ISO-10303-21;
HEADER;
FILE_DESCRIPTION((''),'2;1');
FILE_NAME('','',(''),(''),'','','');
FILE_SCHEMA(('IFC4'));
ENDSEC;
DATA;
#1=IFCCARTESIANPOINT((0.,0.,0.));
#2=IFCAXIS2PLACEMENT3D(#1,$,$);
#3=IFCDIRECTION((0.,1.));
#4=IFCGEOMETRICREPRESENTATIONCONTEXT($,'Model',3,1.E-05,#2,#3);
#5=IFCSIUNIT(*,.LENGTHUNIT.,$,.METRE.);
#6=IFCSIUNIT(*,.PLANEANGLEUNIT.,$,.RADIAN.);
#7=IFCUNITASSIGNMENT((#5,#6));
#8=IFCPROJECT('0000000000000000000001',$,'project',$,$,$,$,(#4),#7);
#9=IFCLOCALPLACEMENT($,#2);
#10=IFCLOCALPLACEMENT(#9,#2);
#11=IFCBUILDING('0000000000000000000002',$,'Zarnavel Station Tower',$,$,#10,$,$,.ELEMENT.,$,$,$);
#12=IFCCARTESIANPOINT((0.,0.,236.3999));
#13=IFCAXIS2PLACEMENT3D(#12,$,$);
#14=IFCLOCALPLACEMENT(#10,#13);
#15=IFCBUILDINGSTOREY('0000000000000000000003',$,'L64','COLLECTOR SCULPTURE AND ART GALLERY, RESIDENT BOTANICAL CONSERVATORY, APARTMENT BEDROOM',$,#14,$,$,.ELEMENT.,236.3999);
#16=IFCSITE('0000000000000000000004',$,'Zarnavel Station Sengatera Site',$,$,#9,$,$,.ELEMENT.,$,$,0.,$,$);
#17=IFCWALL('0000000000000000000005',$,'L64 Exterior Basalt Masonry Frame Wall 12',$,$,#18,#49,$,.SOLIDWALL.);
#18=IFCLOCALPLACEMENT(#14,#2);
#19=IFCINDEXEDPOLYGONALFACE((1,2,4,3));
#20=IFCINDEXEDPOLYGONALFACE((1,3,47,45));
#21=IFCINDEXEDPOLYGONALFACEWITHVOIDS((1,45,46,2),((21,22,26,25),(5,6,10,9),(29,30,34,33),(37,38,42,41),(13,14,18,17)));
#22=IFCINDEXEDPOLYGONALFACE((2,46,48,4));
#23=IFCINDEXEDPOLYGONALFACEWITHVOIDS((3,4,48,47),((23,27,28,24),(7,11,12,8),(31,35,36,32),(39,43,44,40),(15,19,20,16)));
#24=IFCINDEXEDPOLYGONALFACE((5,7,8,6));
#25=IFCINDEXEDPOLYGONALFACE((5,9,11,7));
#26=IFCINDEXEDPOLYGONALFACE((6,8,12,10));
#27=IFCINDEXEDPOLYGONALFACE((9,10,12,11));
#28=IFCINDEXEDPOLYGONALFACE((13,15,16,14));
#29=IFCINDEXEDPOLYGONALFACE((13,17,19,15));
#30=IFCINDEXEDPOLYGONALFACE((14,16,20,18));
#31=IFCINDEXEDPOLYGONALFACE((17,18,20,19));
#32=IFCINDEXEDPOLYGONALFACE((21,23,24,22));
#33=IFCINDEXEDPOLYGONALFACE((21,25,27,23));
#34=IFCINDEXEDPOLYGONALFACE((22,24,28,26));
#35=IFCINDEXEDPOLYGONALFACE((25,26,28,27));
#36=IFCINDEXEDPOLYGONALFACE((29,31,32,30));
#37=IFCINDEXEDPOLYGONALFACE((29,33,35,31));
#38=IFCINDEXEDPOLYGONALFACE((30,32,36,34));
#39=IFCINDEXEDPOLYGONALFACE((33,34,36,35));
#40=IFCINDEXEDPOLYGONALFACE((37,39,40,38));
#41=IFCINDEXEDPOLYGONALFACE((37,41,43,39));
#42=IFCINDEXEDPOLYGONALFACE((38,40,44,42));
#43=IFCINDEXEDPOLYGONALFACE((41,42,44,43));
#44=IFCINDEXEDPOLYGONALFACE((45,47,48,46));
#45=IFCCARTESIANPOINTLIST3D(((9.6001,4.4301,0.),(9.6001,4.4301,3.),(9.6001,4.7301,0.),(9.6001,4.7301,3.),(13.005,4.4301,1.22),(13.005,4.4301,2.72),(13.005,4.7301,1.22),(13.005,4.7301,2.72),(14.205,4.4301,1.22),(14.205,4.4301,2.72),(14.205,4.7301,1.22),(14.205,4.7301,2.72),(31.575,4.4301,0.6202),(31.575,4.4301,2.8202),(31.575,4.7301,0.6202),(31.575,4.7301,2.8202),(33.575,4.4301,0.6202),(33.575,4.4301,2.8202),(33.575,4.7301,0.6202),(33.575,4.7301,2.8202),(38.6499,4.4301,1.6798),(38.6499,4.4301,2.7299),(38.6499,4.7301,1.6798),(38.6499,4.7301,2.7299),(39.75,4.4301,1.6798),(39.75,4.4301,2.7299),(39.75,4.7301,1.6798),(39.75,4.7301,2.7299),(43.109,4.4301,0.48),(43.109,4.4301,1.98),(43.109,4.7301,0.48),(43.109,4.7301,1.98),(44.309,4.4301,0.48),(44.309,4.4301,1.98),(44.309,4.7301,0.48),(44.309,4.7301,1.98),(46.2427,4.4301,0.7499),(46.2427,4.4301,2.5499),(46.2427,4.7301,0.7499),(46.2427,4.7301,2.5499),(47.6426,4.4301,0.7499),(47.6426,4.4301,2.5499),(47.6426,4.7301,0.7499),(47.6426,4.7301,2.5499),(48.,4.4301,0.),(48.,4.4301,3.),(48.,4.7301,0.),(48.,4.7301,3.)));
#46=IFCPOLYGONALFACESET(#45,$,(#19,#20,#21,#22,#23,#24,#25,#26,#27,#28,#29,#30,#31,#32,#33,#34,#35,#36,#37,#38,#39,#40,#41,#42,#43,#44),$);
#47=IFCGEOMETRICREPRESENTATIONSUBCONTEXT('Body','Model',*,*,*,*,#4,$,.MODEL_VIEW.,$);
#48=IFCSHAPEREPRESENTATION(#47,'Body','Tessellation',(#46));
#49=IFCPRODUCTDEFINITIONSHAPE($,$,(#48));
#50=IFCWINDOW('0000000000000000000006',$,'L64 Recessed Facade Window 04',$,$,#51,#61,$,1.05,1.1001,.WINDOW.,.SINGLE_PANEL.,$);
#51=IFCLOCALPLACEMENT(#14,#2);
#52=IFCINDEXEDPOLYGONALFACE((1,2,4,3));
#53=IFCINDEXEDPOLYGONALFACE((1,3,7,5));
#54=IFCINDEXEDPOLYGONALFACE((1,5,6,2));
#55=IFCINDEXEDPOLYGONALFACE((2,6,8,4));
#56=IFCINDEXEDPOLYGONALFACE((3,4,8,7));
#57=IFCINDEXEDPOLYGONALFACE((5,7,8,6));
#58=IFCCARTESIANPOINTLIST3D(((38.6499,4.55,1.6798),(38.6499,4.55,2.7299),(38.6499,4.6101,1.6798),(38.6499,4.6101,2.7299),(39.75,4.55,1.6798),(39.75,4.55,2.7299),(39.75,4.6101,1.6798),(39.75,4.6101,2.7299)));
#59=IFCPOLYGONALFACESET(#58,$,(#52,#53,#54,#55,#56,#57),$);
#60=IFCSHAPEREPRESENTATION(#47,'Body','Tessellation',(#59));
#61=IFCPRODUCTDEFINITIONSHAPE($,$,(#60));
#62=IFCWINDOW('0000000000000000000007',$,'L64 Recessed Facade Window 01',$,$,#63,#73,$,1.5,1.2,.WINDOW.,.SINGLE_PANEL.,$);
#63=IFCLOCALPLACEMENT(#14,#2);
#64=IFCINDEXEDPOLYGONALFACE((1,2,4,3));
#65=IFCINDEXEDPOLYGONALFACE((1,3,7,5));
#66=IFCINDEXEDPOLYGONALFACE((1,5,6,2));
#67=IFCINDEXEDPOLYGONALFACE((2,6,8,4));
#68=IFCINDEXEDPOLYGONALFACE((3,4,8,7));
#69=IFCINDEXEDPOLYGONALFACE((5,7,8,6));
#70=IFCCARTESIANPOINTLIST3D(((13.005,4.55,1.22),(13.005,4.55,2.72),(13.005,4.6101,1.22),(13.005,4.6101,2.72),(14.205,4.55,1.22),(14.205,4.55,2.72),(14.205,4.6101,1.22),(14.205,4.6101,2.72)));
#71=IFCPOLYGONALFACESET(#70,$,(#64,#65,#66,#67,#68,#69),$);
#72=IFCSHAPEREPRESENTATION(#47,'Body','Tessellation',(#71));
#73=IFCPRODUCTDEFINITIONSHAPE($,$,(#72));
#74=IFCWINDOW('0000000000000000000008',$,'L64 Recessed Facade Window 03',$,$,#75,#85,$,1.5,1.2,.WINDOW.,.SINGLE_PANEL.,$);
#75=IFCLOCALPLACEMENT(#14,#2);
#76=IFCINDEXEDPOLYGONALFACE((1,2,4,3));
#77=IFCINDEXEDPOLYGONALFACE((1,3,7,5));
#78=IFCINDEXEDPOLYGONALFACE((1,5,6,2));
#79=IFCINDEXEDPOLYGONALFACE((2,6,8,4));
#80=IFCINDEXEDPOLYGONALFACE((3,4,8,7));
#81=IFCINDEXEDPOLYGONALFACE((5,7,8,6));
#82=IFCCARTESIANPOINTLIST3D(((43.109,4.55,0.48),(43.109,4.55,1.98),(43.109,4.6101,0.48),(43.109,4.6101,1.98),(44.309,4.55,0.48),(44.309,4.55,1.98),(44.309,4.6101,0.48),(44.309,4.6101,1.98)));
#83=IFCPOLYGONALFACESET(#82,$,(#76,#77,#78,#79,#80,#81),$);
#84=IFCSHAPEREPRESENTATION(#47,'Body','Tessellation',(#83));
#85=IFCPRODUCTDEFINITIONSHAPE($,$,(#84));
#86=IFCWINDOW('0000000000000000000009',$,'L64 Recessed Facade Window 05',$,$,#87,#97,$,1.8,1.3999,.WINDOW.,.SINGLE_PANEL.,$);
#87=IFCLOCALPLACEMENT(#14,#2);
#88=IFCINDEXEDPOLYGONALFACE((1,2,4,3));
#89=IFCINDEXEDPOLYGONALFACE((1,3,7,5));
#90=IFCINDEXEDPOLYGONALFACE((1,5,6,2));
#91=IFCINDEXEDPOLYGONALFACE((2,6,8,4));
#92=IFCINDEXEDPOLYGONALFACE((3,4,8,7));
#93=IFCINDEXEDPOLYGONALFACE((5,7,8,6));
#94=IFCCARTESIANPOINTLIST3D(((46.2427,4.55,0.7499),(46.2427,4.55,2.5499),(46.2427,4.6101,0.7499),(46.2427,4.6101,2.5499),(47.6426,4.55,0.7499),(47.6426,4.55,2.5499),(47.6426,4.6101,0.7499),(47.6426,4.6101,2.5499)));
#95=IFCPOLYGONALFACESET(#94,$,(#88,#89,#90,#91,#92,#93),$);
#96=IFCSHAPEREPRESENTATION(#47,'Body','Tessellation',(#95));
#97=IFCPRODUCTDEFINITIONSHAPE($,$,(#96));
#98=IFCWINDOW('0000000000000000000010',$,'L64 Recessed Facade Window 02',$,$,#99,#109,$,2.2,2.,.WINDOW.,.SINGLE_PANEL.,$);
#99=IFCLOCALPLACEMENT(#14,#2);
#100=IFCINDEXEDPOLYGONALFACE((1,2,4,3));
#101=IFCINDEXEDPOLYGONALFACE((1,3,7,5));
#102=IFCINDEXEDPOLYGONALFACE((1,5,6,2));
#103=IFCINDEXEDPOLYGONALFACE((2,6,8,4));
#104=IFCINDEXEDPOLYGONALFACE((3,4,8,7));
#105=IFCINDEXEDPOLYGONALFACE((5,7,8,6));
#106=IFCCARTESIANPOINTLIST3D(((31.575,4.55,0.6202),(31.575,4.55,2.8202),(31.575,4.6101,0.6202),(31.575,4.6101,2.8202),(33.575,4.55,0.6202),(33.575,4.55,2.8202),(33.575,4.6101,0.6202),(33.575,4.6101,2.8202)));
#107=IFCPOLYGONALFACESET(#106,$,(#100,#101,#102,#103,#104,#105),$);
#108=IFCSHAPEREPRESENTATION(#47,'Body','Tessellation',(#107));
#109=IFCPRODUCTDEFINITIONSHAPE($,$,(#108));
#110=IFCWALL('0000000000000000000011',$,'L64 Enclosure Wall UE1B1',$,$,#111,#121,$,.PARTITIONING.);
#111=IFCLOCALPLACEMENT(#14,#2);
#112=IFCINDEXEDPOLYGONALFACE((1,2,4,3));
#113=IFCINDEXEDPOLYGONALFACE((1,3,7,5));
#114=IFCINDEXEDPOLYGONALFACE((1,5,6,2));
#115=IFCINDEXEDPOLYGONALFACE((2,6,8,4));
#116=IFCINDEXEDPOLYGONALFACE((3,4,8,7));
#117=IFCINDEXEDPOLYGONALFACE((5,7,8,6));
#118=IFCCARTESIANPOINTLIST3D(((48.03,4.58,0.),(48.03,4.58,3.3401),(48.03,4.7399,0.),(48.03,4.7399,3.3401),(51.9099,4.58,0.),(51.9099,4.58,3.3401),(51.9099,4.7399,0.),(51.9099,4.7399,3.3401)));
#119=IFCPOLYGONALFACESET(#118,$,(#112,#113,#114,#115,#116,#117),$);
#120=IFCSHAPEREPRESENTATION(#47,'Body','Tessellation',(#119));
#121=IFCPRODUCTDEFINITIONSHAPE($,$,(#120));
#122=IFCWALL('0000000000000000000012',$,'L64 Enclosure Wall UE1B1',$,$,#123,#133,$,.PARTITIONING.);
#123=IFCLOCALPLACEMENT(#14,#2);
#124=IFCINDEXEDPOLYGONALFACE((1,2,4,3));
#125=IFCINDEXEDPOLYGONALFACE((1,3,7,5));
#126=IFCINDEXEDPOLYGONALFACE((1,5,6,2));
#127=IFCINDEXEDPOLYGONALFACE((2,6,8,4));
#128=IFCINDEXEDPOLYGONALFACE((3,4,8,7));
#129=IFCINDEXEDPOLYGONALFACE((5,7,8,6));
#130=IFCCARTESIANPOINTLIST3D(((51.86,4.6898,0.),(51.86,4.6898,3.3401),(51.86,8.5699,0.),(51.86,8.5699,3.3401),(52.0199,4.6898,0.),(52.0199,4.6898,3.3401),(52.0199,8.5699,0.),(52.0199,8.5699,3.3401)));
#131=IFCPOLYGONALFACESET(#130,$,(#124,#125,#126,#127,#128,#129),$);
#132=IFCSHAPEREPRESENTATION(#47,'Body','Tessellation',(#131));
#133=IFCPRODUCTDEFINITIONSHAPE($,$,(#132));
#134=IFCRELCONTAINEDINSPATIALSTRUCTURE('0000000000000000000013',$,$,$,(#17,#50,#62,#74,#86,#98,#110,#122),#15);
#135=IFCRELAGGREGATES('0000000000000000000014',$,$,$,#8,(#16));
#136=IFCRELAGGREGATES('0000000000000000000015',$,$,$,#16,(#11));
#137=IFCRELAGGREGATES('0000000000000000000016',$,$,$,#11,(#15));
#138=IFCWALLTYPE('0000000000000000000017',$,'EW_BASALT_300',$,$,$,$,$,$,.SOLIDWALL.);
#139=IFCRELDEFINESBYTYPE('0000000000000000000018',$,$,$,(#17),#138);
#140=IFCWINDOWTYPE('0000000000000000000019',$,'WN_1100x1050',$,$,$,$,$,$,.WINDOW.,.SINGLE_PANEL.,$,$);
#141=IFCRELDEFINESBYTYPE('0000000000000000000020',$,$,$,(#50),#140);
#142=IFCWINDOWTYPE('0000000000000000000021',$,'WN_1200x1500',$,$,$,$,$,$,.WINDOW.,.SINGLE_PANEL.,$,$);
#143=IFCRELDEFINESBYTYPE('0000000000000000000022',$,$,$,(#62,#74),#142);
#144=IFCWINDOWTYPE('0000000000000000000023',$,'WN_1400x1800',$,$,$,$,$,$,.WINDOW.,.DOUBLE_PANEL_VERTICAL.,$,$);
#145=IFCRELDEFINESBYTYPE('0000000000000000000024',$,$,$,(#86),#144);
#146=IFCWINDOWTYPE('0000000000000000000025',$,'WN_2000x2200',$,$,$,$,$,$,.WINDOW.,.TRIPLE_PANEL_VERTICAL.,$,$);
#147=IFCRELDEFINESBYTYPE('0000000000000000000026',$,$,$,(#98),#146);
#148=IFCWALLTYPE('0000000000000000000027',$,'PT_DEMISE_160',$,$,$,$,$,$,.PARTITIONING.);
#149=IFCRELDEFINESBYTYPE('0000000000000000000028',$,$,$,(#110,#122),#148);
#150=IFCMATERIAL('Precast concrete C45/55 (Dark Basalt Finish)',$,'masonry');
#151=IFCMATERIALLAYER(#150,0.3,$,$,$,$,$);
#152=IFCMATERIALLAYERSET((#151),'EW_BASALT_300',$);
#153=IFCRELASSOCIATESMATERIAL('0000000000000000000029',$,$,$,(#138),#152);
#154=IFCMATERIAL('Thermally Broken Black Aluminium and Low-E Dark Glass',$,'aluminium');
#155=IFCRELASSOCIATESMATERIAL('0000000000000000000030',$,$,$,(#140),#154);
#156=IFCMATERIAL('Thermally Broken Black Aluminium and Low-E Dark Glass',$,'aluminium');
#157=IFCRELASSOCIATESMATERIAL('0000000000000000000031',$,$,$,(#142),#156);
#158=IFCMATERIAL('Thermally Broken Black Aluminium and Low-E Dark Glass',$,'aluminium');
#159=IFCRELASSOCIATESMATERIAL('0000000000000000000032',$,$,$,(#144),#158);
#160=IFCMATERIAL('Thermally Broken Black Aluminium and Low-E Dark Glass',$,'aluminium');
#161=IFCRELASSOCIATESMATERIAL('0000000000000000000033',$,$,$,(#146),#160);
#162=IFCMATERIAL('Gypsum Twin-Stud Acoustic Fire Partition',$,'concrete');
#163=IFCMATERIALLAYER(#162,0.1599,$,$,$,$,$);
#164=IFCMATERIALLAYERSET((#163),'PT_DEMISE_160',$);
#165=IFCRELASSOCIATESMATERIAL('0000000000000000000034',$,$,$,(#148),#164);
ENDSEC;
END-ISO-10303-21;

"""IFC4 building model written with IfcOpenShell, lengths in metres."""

from ifc_helpers import new_model, si_unit, direction, frame, frame_2d, origin, place, context, subcontext, project, spatial, rectangle, extrude, material, layer, layer_set, type_object, element, fill, save


model = new_model("IFC4")

# Units and contexts
model_context = context("Model", 3, precision=1e-05, world=origin(), true_north=direction((0.0, 1.0)))
body_context = subcontext(model_context, "Body", "Model", "MODEL_VIEW")
ifc_project = project(units=[si_unit("LENGTHUNIT", "METRE"), si_unit("PLANEANGLEUNIT", "RADIAN")], contexts=[model_context])

# Site, building, storey
site_placement = place(None, origin())
site = spatial("IfcSite", under=ifc_project, at=site_placement, Name="Zarnavel Station Sengatera Site", CompositionType="ELEMENT", RefElevation=0.0)
building_placement = place(site_placement, origin())
building = spatial("IfcBuilding", under=site, at=building_placement, Name="Zarnavel Station Tower", CompositionType="ELEMENT")
storey_placement = place(building_placement, frame((0.0, 0.0, 236.3999)))
storey = spatial("IfcBuildingStorey", under=building, at=storey_placement, Name="L64", Description="COLLECTOR SCULPTURE AND ART GALLERY, RESIDENT BOTANICAL CONSERVATORY, APARTMENT BEDROOM", CompositionType="ELEMENT", Elevation=236.3999)

# Shared definitions
ifc_material_1 = material(Name="Precast concrete C45/55 (Dark Basalt Finish)", Category="masonry")
ifc_layer_1 = layer(ifc_material_1, 0.3)
ifc_layer_set_1 = layer_set([ifc_layer_1], Name="EW_BASALT_300")
wall_type_1 = type_object("IfcWallType", Name="EW_BASALT_300", PredefinedType="SOLIDWALL", material=ifc_layer_set_1)

# Wall, openings, windows
wall_1_placement = place(storey_placement, frame((48.0, 4.5801, 0.0), z_axis=(0.0, 0.0, 1.0), x_axis=(-1.0, 0.0, 0.0)))
wall_1 = element("IfcWall", 1, at=wall_1_placement, inside=storey, type_object=wall_type_1, Name="L64 Exterior Basalt Masonry Frame Wall 12", PredefinedType="SOLIDWALL", context=body_context, shape_type="SweptSolid", body=[
    extrude(rectangle(XDim=38.3999, YDim=0.3, at=frame_2d((19.2, 0.0))), origin(), (0.0, 0.0, 1.0), 3.0),
])
opening_1_placement = place(wall_1_placement, frame((33.7949, 0.0, 1.22)))
opening_1 = element("IfcOpeningElement", 2, at=opening_1_placement, cuts=wall_1, PredefinedType="OPENING", context=body_context, shape_type="SweptSolid", body=[
    extrude(rectangle(XDim=1.2, YDim=1.5, at=frame_2d((0.6001, 0.75))), frame((0.0, 0.1599, 0.0), z_axis=(0.0, -1.0, 0.0), x_axis=(1.0, 0.0, 0.0)), (0.0, 0.0, 1.0), 0.3201),
])
opening_2_placement = place(wall_1_placement, frame((14.425, 0.0, 0.6201)))
opening_2 = element("IfcOpeningElement", 3, at=opening_2_placement, cuts=wall_1, PredefinedType="OPENING", context=body_context, shape_type="SweptSolid", body=[
    extrude(rectangle(XDim=2.0, YDim=2.2, at=frame_2d((1.0, 1.1001))), frame((0.0, 0.1599, 0.0), z_axis=(0.0, -1.0, 0.0), x_axis=(1.0, 0.0, 0.0)), (0.0, 0.0, 1.0), 0.3201),
])
opening_3_placement = place(wall_1_placement, frame((3.6909, 0.0, 0.48)))
opening_3 = element("IfcOpeningElement", 4, at=opening_3_placement, cuts=wall_1, PredefinedType="OPENING", context=body_context, shape_type="SweptSolid", body=[
    extrude(rectangle(XDim=1.2, YDim=1.5, at=frame_2d((0.6001, 0.75))), frame((0.0, 0.1599, 0.0), z_axis=(0.0, -1.0, 0.0), x_axis=(1.0, 0.0, 0.0)), (0.0, 0.0, 1.0), 0.3201),
])
opening_4_placement = place(wall_1_placement, frame((8.25, 0.0, 1.6799)))
opening_4 = element("IfcOpeningElement", 5, at=opening_4_placement, cuts=wall_1, PredefinedType="OPENING", context=body_context, shape_type="SweptSolid", body=[
    extrude(rectangle(XDim=1.1001, YDim=1.05, at=frame_2d((0.55, 0.5249))), frame((0.0, 0.1599, 0.0), z_axis=(0.0, -1.0, 0.0), x_axis=(1.0, 0.0, 0.0)), (0.0, 0.0, 1.0), 0.3201),
])
opening_5_placement = place(wall_1_placement, frame((0.3574, 0.0, 0.75)))
opening_5 = element("IfcOpeningElement", 6, at=opening_5_placement, cuts=wall_1, PredefinedType="OPENING", context=body_context, shape_type="SweptSolid", body=[
    extrude(rectangle(XDim=1.3999, YDim=1.8, at=frame_2d((0.7, 0.8999))), frame((0.0, 0.1599, 0.0), z_axis=(0.0, -1.0, 0.0), x_axis=(1.0, 0.0, 0.0)), (0.0, 0.0, 1.0), 0.3201),
])
ifc_material_2 = material(Name="Thermally Broken Black Aluminium and Low-E Dark Glass", Category="aluminium")
window_type_1 = type_object("IfcWindowType", Name="WN_1100x1050", PartitioningType="SINGLE_PANEL", PredefinedType="WINDOW", material=ifc_material_2)
window_1_placement = place(opening_4_placement, origin())
window_1 = element("IfcWindow", 7, at=window_1_placement, inside=storey, type_object=window_type_1, Name="L64 Recessed Facade Window 04", OverallHeight=1.05, OverallWidth=1.1001, PartitioningType="SINGLE_PANEL", PredefinedType="WINDOW", context=body_context, shape_type="SweptSolid", body=[
    extrude(rectangle(XDim=1.1001, YDim=1.05, at=frame_2d((0.55, 0.5249))), frame((0.0, 0.03, 0.0), z_axis=(0.0, -1.0, 0.0), x_axis=(1.0, 0.0, 0.0)), (0.0, 0.0, 1.0), 0.0601),
])
fill(opening_4, window_1)
ifc_material_3 = material(Name="Thermally Broken Black Aluminium and Low-E Dark Glass", Category="aluminium")
window_type_2 = type_object("IfcWindowType", Name="WN_1200x1500", PartitioningType="SINGLE_PANEL", PredefinedType="WINDOW", material=ifc_material_3)
window_2_placement = place(opening_1_placement, origin())
window_2 = element("IfcWindow", 8, at=window_2_placement, inside=storey, type_object=window_type_2, Name="L64 Recessed Facade Window 01", OverallHeight=1.5, OverallWidth=1.2, PartitioningType="SINGLE_PANEL", PredefinedType="WINDOW", context=body_context, shape_type="SweptSolid", body=[
    extrude(rectangle(XDim=1.2, YDim=1.5, at=frame_2d((0.6001, 0.75))), frame((0.0, 0.03, 0.0), z_axis=(0.0, -1.0, 0.0), x_axis=(1.0, 0.0, 0.0)), (0.0, 0.0, 1.0), 0.0601),
])
fill(opening_1, window_2)
window_3_placement = place(opening_3_placement, origin())
window_3 = element("IfcWindow", 9, at=window_3_placement, inside=storey, type_object=window_type_2, Name="L64 Recessed Facade Window 03", OverallHeight=1.5, OverallWidth=1.2, PartitioningType="SINGLE_PANEL", PredefinedType="WINDOW", context=body_context, shape_type="SweptSolid", body=[
    extrude(rectangle(XDim=1.2, YDim=1.5, at=frame_2d((0.6001, 0.75))), frame((0.0, 0.03, 0.0), z_axis=(0.0, -1.0, 0.0), x_axis=(1.0, 0.0, 0.0)), (0.0, 0.0, 1.0), 0.0601),
])
fill(opening_3, window_3)
ifc_material_4 = material(Name="Thermally Broken Black Aluminium and Low-E Dark Glass", Category="aluminium")
window_type_3 = type_object("IfcWindowType", Name="WN_1400x1800", PartitioningType="DOUBLE_PANEL_VERTICAL", PredefinedType="WINDOW", material=ifc_material_4)
window_4_placement = place(opening_5_placement, origin())
window_4 = element("IfcWindow", 10, at=window_4_placement, inside=storey, type_object=window_type_3, Name="L64 Recessed Facade Window 05", OverallHeight=1.8, OverallWidth=1.3999, PartitioningType="SINGLE_PANEL", PredefinedType="WINDOW", context=body_context, shape_type="SweptSolid", body=[
    extrude(rectangle(XDim=1.3999, YDim=1.8, at=frame_2d((0.7, 0.8999))), frame((0.0, 0.03, 0.0), z_axis=(0.0, -1.0, 0.0), x_axis=(1.0, 0.0, 0.0)), (0.0, 0.0, 1.0), 0.0601),
])
fill(opening_5, window_4)
ifc_material_5 = material(Name="Thermally Broken Black Aluminium and Low-E Dark Glass", Category="aluminium")
window_type_4 = type_object("IfcWindowType", Name="WN_2000x2200", PartitioningType="TRIPLE_PANEL_VERTICAL", PredefinedType="WINDOW", material=ifc_material_5)
window_5_placement = place(opening_2_placement, origin())
window_5 = element("IfcWindow", 11, at=window_5_placement, inside=storey, type_object=window_type_4, Name="L64 Recessed Facade Window 02", OverallHeight=2.2, OverallWidth=2.0, PartitioningType="SINGLE_PANEL", PredefinedType="WINDOW", context=body_context, shape_type="SweptSolid", body=[
    extrude(rectangle(XDim=2.0, YDim=2.2, at=frame_2d((1.0, 1.1001))), frame((0.0, 0.03, 0.0), z_axis=(0.0, -1.0, 0.0), x_axis=(1.0, 0.0, 0.0)), (0.0, 0.0, 1.0), 0.0601),
])
fill(opening_2, window_5)

# Walls
ifc_material_6 = material(Name="Gypsum Twin-Stud Acoustic Fire Partition", Category="concrete")
ifc_layer_2 = layer(ifc_material_6, 0.1599)
ifc_layer_set_2 = layer_set([ifc_layer_2], Name="PT_DEMISE_160")
wall_type_2 = type_object("IfcWallType", Name="PT_DEMISE_160", PredefinedType="PARTITIONING", material=ifc_layer_set_2)
wall_2_placement = place(storey_placement, frame((48.03, 4.6599, 0.0), z_axis=(0.0, 0.0, 1.0), x_axis=(1.0, 0.0, 0.0)))
element("IfcWall", 12, at=wall_2_placement, inside=storey, type_object=wall_type_2, Name="L64 Enclosure Wall UE1B1", PredefinedType="PARTITIONING", context=body_context, shape_type="SweptSolid", body=[
    extrude(rectangle(XDim=3.8799, YDim=0.1599, at=frame_2d((1.9399, 0.0))), origin(), (0.0, 0.0, 1.0), 3.3401),
])
wall_3_placement = place(storey_placement, frame((51.9399, 4.6899, 0.0), z_axis=(0.0, 0.0, 1.0), x_axis=(0.0, 1.0, 0.0)))
element("IfcWall", 13, at=wall_3_placement, inside=storey, type_object=wall_type_2, Name="L64 Enclosure Wall UE1B1", PredefinedType="PARTITIONING", context=body_context, shape_type="SweptSolid", body=[
    extrude(rectangle(XDim=3.8801, YDim=0.1599, at=frame_2d((1.9399, 0.0))), origin(), (0.0, 0.0, 1.0), 3.3401),
])

save(model, "model.ifc")
